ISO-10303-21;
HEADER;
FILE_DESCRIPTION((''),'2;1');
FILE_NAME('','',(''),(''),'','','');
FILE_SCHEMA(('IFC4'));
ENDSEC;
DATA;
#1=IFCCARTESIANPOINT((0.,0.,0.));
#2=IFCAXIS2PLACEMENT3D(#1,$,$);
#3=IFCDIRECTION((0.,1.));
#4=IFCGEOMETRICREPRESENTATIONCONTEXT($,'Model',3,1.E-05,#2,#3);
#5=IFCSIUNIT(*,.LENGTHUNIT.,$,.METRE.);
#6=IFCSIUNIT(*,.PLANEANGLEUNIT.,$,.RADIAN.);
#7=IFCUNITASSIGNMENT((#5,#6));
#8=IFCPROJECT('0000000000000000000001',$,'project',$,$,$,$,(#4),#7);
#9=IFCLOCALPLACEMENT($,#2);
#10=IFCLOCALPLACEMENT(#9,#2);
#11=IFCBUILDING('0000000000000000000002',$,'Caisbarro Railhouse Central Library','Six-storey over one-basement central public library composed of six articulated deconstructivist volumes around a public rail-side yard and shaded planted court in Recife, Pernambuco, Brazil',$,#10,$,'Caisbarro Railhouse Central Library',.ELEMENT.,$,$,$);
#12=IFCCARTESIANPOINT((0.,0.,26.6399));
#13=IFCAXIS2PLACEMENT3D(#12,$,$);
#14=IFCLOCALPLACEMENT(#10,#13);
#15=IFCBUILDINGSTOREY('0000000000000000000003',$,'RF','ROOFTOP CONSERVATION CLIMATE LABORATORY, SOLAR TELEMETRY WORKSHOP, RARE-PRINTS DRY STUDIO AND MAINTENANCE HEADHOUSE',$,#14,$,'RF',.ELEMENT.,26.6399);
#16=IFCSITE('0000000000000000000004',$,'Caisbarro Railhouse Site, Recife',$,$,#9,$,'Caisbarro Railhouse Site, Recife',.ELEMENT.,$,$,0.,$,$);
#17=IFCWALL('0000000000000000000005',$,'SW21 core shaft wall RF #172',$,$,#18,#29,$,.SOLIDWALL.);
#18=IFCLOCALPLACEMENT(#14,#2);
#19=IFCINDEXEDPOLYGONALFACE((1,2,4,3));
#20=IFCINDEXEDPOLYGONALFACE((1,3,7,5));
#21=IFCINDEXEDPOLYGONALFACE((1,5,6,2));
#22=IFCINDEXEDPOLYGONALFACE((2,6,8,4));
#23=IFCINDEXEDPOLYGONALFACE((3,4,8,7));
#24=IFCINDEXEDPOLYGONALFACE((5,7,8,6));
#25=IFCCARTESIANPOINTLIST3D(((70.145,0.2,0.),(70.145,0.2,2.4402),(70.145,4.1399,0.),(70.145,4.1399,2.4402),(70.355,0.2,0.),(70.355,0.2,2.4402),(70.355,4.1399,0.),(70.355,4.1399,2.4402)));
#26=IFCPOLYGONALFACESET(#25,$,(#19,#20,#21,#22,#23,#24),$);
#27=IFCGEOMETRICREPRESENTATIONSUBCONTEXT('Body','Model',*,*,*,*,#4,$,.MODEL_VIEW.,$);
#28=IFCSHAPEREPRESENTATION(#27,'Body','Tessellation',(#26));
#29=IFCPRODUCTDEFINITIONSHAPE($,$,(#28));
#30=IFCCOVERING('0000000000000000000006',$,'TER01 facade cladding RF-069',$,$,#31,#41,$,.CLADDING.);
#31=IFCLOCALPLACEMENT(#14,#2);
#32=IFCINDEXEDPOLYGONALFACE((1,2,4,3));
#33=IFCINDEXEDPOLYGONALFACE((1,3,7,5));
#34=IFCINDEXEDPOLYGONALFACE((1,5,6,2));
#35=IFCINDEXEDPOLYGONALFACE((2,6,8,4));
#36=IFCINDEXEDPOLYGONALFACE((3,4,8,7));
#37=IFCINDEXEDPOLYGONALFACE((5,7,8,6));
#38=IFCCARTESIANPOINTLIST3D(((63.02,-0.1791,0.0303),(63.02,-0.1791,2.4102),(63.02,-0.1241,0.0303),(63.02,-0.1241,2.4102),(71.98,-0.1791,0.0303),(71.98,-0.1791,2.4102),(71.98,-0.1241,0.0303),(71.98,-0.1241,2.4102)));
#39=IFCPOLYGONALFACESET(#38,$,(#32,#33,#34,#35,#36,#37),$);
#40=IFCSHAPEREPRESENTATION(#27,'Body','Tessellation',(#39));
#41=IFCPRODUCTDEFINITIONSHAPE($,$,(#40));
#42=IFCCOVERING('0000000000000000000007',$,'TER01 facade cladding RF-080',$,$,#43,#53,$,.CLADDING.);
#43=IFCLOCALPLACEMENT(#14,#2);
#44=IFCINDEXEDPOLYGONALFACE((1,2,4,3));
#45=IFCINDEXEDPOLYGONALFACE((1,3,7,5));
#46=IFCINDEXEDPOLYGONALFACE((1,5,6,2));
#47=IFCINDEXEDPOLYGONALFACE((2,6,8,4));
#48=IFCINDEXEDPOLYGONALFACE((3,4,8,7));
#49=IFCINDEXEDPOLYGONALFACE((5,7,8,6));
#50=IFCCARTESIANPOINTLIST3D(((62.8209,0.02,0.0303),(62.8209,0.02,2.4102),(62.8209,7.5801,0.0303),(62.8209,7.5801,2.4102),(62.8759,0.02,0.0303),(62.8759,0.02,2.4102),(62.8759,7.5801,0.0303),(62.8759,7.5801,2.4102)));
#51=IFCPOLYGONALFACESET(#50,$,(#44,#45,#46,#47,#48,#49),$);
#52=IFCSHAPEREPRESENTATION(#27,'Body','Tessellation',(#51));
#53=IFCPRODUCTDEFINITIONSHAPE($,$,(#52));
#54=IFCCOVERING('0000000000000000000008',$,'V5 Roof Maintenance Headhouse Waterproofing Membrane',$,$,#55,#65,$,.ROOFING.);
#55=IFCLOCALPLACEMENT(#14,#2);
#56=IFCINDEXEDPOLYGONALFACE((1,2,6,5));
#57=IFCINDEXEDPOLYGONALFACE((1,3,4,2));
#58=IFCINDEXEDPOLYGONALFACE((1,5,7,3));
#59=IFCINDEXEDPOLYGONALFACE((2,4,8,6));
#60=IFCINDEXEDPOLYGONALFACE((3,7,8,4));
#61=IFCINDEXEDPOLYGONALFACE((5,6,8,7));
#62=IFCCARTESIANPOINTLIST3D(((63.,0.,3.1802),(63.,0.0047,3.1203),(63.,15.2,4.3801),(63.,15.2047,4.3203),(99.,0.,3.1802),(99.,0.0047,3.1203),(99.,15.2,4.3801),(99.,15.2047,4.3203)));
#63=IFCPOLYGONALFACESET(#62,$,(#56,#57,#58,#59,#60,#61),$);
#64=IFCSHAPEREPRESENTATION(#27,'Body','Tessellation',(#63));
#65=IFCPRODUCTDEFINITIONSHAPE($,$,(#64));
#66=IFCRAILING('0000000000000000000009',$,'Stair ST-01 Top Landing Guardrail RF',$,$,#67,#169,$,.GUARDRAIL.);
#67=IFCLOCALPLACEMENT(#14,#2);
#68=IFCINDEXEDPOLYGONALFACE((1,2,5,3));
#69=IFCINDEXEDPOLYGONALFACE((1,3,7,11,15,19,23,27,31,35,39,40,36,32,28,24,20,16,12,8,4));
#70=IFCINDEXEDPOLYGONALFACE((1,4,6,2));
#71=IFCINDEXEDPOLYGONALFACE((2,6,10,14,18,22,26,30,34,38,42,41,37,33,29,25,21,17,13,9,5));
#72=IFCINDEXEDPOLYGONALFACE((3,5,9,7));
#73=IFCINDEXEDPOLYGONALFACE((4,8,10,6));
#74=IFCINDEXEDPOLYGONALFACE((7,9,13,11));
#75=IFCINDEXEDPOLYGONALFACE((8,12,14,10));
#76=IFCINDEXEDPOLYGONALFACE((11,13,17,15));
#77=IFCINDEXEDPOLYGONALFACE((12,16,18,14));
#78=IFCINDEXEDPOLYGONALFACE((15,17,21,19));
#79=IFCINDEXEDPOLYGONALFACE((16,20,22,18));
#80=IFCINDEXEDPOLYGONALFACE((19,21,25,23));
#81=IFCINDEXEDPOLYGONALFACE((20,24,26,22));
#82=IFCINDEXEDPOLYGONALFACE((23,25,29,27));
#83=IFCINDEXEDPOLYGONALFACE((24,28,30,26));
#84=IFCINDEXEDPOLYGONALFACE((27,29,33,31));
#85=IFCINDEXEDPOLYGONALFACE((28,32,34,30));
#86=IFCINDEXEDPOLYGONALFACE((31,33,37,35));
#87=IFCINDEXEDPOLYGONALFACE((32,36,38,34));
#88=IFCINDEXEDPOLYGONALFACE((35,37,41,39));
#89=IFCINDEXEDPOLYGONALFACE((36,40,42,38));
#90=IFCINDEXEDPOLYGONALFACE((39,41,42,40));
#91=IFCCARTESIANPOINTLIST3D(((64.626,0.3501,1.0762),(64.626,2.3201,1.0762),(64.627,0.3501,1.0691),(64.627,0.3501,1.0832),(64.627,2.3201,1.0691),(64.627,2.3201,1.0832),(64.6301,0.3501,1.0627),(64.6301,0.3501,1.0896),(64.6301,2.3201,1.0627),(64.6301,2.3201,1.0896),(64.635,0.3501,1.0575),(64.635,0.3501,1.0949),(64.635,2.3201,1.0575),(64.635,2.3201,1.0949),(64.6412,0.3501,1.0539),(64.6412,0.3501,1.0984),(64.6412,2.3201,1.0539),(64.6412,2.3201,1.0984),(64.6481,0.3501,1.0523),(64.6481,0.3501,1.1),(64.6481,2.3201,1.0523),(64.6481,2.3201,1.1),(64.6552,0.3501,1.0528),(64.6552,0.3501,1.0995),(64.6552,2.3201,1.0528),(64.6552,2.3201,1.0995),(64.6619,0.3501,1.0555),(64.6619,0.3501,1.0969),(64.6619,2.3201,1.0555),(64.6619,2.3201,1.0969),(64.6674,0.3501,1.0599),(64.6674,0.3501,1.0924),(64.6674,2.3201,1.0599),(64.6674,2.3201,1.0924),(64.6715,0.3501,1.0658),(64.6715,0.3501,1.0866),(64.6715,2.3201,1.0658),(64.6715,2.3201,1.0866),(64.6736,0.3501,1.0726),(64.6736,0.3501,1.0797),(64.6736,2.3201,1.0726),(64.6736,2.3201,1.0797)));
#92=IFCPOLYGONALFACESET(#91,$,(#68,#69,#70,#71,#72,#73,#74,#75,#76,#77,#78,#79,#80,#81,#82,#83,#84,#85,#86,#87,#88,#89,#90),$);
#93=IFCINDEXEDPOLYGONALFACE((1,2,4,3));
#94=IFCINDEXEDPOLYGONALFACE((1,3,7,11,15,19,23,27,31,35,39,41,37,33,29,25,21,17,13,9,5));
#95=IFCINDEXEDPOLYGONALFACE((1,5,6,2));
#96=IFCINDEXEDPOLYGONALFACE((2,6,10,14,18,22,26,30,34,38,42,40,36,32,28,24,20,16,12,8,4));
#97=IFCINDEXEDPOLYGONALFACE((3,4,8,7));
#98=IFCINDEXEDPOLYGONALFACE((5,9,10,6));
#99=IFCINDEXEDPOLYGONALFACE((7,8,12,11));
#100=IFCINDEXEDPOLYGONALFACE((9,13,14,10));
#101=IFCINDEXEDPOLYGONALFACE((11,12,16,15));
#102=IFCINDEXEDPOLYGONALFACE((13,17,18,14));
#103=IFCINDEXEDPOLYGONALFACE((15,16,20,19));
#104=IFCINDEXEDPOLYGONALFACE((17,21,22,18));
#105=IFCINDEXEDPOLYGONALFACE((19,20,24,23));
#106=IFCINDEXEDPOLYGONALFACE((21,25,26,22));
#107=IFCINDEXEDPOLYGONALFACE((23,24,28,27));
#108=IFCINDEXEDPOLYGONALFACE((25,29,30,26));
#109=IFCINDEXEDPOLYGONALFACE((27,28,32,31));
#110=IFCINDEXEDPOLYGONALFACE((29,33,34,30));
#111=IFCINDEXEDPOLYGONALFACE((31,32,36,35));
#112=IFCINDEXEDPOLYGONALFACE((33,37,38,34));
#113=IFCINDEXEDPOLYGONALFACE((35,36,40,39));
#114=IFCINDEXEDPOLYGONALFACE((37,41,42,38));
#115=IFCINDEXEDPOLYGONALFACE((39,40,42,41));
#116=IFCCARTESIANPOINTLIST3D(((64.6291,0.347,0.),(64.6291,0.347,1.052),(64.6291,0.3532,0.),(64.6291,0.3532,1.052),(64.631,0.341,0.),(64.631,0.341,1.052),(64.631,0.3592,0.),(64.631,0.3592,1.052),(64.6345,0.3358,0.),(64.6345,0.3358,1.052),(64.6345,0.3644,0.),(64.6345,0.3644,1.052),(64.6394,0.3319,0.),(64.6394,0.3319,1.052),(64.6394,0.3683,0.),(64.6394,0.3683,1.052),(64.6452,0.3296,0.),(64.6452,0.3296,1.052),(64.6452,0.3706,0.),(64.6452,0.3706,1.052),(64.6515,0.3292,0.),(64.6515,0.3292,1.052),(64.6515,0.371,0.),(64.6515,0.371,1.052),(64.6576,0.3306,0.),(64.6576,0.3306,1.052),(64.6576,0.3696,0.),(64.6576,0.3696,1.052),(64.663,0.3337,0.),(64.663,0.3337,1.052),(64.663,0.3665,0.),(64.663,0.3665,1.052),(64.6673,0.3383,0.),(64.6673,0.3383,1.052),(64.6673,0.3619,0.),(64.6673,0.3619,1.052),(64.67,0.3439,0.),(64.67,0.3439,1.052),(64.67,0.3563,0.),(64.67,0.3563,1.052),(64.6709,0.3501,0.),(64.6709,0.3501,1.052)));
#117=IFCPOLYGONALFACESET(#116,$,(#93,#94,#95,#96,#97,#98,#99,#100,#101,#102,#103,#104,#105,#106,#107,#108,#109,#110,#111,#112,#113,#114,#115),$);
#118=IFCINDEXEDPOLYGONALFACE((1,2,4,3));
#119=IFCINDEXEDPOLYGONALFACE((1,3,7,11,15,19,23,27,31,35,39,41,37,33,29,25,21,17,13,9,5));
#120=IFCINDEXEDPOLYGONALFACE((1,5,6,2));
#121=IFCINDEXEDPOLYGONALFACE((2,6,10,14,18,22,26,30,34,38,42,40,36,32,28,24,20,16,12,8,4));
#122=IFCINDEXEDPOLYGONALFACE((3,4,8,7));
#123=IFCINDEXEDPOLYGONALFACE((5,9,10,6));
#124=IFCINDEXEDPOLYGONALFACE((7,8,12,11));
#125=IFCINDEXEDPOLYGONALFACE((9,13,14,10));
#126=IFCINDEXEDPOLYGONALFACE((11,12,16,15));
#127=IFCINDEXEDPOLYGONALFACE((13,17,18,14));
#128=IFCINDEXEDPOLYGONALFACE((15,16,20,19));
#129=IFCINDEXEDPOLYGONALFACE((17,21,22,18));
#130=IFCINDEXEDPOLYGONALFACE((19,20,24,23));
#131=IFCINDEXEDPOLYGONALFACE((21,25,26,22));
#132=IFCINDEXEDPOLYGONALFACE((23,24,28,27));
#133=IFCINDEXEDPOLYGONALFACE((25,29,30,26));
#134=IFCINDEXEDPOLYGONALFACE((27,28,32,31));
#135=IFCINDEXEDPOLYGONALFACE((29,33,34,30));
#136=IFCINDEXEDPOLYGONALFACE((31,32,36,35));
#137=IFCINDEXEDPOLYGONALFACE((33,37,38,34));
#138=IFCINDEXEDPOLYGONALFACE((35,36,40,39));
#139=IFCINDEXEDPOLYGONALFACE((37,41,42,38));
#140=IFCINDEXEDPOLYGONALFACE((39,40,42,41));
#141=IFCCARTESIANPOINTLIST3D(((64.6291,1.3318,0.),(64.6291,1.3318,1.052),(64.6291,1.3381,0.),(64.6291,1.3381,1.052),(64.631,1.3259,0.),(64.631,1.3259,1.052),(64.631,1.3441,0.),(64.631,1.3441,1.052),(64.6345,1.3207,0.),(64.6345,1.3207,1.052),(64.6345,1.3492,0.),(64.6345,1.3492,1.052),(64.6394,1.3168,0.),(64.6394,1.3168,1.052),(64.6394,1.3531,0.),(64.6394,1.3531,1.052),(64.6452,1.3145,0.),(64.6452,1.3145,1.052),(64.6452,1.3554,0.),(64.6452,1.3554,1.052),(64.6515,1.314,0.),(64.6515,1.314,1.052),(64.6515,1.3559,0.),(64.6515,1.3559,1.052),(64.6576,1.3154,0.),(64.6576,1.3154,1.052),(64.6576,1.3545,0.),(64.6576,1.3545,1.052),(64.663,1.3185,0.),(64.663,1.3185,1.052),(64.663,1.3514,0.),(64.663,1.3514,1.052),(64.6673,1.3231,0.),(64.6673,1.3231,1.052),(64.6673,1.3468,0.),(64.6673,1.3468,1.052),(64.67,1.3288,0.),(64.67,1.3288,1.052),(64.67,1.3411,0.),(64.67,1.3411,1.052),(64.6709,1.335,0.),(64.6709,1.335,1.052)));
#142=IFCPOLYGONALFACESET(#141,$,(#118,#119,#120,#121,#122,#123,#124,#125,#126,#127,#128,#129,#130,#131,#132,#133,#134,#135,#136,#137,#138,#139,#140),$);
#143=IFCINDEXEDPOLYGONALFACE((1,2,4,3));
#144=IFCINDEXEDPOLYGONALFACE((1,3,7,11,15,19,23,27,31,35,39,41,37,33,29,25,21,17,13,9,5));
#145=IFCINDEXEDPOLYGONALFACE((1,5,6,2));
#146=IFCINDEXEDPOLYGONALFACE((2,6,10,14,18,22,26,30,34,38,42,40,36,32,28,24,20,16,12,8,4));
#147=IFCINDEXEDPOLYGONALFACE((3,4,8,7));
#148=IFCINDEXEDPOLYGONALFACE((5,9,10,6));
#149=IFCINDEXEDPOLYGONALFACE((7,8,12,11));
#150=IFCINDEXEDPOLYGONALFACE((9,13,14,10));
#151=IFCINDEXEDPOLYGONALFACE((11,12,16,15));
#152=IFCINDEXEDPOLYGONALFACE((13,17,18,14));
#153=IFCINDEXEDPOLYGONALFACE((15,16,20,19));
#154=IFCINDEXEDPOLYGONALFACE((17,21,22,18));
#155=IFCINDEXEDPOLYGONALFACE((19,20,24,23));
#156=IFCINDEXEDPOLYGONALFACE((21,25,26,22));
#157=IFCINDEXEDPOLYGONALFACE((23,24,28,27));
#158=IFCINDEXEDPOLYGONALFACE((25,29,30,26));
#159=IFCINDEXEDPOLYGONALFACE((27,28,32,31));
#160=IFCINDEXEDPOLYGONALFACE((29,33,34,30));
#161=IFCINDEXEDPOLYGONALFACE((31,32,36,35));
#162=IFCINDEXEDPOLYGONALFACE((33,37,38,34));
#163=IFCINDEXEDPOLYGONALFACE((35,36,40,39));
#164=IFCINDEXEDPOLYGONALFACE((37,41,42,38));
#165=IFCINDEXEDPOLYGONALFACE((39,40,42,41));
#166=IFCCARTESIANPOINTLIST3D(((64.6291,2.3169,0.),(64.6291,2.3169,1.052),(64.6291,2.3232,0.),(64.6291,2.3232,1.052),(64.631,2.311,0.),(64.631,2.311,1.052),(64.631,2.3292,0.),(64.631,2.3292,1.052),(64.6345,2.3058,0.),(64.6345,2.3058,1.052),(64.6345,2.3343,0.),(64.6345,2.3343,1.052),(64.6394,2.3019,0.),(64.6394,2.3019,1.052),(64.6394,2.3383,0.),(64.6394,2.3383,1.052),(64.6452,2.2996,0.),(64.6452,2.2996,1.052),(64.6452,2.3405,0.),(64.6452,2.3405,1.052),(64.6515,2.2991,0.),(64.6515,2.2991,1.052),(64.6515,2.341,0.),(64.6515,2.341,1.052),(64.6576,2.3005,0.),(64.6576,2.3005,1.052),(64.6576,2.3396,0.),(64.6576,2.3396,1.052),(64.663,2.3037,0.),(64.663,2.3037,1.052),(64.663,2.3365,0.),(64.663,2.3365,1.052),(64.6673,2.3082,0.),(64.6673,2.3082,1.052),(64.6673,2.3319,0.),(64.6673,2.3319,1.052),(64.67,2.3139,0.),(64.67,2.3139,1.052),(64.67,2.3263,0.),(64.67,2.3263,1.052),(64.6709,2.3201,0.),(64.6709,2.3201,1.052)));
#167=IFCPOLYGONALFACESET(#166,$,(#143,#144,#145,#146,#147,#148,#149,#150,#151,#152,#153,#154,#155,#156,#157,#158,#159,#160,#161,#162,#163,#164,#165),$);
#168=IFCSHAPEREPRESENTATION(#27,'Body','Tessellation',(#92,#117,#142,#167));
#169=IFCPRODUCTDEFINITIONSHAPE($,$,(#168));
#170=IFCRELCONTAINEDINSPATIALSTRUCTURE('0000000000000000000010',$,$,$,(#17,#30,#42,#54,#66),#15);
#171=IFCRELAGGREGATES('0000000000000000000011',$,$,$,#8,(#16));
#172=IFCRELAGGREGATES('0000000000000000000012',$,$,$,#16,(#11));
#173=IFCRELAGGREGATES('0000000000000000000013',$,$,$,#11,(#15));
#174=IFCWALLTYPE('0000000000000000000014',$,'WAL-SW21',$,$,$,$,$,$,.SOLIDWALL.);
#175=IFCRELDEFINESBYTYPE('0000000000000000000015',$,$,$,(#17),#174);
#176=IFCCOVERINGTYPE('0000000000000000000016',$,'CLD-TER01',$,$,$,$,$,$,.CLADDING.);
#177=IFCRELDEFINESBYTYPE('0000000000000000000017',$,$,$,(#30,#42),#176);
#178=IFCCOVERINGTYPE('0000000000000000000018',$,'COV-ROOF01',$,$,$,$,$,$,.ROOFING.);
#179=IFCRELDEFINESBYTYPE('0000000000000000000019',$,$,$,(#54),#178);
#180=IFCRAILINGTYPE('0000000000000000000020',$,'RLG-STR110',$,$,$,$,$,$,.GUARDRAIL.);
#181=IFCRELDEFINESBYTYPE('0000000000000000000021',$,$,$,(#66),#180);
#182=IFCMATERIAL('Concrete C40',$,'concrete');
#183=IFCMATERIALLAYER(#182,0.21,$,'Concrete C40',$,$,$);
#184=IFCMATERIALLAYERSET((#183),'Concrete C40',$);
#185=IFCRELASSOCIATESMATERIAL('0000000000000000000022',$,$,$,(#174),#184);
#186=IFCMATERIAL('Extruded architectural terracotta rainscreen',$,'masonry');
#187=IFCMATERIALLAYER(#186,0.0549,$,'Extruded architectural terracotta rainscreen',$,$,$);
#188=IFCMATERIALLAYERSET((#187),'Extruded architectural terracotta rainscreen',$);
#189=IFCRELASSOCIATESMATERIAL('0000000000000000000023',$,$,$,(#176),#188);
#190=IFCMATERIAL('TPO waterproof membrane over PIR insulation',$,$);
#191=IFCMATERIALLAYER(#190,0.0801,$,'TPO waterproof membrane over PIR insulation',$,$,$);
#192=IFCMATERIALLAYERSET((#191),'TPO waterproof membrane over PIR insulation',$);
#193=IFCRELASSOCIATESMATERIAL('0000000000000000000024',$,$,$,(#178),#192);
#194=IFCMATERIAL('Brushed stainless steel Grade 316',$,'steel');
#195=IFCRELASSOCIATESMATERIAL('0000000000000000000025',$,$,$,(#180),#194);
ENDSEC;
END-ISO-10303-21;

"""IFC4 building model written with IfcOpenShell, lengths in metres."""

from ifc_helpers import new_model, si_unit, direction, frame, frame_2d, origin, origin_2d, place, context, subcontext, project, spatial, polyline, rectangle, circle, outline, extrude, material, layer, layer_set, type_object, element, save


model = new_model("IFC4")

# Units and contexts
model_context = context("Model", 3, precision=1e-05, world=origin(), true_north=direction((0.0, 1.0)))
body_context = subcontext(model_context, "Body", "Model", "MODEL_VIEW")
ifc_project = project(units=[si_unit("LENGTHUNIT", "METRE"), si_unit("PLANEANGLEUNIT", "RADIAN")], contexts=[model_context])

# Site, building, storey
site_placement = place(None, origin())
site = spatial("IfcSite", under=ifc_project, at=site_placement, Name="Caisbarro Railhouse Site, Recife", LongName="Caisbarro Railhouse Site, Recife", CompositionType="ELEMENT", RefElevation=0.0)
building_placement = place(site_placement, origin())
building = spatial("IfcBuilding", under=site, at=building_placement, Name="Caisbarro Railhouse Central Library", Description="Six-storey over one-basement central public library composed of six articulated deconstructivist volumes around a public rail-side yard and shaded planted court in Recife, Pernambuco, Brazil", LongName="Caisbarro Railhouse Central Library", CompositionType="ELEMENT")
storey_placement = place(building_placement, frame((0.0, 0.0, 26.6399)))
storey = spatial("IfcBuildingStorey", under=building, at=storey_placement, Name="RF", Description="ROOFTOP CONSERVATION CLIMATE LABORATORY, SOLAR TELEMETRY WORKSHOP, RARE-PRINTS DRY STUDIO AND MAINTENANCE HEADHOUSE", LongName="RF", CompositionType="ELEMENT", Elevation=26.6399)

# Shared definitions
ifc_material_1 = material(Name="Concrete C40", Category="concrete")
ifc_layer_1 = layer(ifc_material_1, 0.21, Name="Concrete C40")
ifc_layer_set_1 = layer_set([ifc_layer_1], Name="Concrete C40")
wall_type_1 = type_object("IfcWallType", Name="WAL-SW21", PredefinedType="SOLIDWALL", material=ifc_layer_set_1)

# Wall
wall_1_placement = place(storey_placement, frame((70.25, 0.2, 0.0), z_axis=(0.0, 0.0, 1.0), x_axis=(0.0, 1.0, 0.0)))
element("IfcWall", 1, at=wall_1_placement, inside=storey, type_object=wall_type_1, Name="SW21 core shaft wall RF #172", PredefinedType="SOLIDWALL", context=body_context, shape_type="SweptSolid", body=[
    extrude(rectangle(XDim=3.9399, YDim=0.21, at=frame_2d((1.97, 0.0))), origin(), (0.0, 0.0, 1.0), 2.4402),
])

# Coverings
ifc_material_2 = material(Name="Extruded architectural terracotta rainscreen", Category="masonry")
ifc_layer_2 = layer(ifc_material_2, 0.0549, Name="Extruded architectural terracotta rainscreen")
ifc_layer_set_2 = layer_set([ifc_layer_2], Name="Extruded architectural terracotta rainscreen")
covering_type_1 = type_object("IfcCoveringType", Name="CLD-TER01", PredefinedType="CLADDING", material=ifc_layer_set_2)
covering_1_placement = place(storey_placement, frame((67.5, -0.1516, 0.0303), z_axis=(0.0, 0.0, 1.0), x_axis=(1.0, 0.0, 0.0)))
element("IfcCovering", 2, at=covering_1_placement, inside=storey, type_object=covering_type_1, Name="TER01 facade cladding RF-069", PredefinedType="CLADDING", context=body_context, shape_type="SweptSolid", body=[
    extrude(rectangle(XDim=8.96, YDim=0.0549, at=origin_2d()), origin(), (0.0, 0.0, 1.0), 2.3799),
])
covering_2_placement = place(storey_placement, frame((62.8484, 3.8, 0.0303), z_axis=(0.0, 0.0, 1.0), x_axis=(0.0, -1.0, 0.0)))
element("IfcCovering", 3, at=covering_2_placement, inside=storey, type_object=covering_type_1, Name="TER01 facade cladding RF-080", PredefinedType="CLADDING", context=body_context, shape_type="SweptSolid", body=[
    extrude(rectangle(XDim=7.5601, YDim=0.0549, at=origin_2d()), origin(), (0.0, 0.0, 1.0), 2.3799),
])
ifc_material_3 = material(Name="TPO waterproof membrane over PIR insulation")
ifc_layer_3 = layer(ifc_material_3, 0.0801, Name="TPO waterproof membrane over PIR insulation")
ifc_layer_set_3 = layer_set([ifc_layer_3], Name="TPO waterproof membrane over PIR insulation")
covering_type_2 = type_object("IfcCoveringType", Name="COV-ROOF01", PredefinedType="ROOFING", material=ifc_layer_set_3)
covering_3_placement = place(storey_placement, frame((63.0, 0.0, 3.1802), z_axis=(0.0, -0.0787, 0.996898), x_axis=(1.0, 0.0, 0.0)))
element("IfcCovering", 4, at=covering_3_placement, inside=storey, type_object=covering_type_2, Name="V5 Roof Maintenance Headhouse Waterproofing Membrane", PredefinedType="ROOFING", context=body_context, shape_type="SweptSolid", body=[
    extrude(outline(polyline([(0.0, 0.0), (36.0, 0.0), (36.0, 15.2472), (0.0, 15.2472), (0.0, 0.0)])), origin(), (0.0, 0.0, -1.0), 0.0601),
])

# Railing
ifc_material_4 = material(Name="Brushed stainless steel Grade 316", Category="steel")
railing_type = type_object("IfcRailingType", Name="RLG-STR110", PredefinedType="GUARDRAIL", material=ifc_material_4)
railing_placement = place(storey_placement, frame((64.6499, 0.3501, 0.0)))
element("IfcRailing", 5, at=railing_placement, inside=storey, type_object=railing_type, Name="Stair ST-01 Top Landing Guardrail RF", PredefinedType="GUARDRAIL", context=body_context, shape_type="SweptSolid", body=[
    extrude(circle(Radius=0.0239, at=origin_2d()), frame((0.0, 0.0, 1.0762), z_axis=(0.0, 1.0, 0.0), x_axis=(-1.0, 0.0, 0.0)), (0.0, 0.0, 1.0), 1.97),
    extrude(circle(Radius=0.021, at=origin_2d()), origin(), (0.0, 0.0, 1.0), 1.052),
    extrude(circle(Radius=0.021, at=origin_2d()), frame((0.0, 0.9849, 0.0)), (0.0, 0.0, 1.0), 1.052),
    extrude(circle(Radius=0.021, at=origin_2d()), frame((0.0, 1.97, 0.0)), (0.0, 0.0, 1.0), 1.052),
])

save(model, "model.ifc")
